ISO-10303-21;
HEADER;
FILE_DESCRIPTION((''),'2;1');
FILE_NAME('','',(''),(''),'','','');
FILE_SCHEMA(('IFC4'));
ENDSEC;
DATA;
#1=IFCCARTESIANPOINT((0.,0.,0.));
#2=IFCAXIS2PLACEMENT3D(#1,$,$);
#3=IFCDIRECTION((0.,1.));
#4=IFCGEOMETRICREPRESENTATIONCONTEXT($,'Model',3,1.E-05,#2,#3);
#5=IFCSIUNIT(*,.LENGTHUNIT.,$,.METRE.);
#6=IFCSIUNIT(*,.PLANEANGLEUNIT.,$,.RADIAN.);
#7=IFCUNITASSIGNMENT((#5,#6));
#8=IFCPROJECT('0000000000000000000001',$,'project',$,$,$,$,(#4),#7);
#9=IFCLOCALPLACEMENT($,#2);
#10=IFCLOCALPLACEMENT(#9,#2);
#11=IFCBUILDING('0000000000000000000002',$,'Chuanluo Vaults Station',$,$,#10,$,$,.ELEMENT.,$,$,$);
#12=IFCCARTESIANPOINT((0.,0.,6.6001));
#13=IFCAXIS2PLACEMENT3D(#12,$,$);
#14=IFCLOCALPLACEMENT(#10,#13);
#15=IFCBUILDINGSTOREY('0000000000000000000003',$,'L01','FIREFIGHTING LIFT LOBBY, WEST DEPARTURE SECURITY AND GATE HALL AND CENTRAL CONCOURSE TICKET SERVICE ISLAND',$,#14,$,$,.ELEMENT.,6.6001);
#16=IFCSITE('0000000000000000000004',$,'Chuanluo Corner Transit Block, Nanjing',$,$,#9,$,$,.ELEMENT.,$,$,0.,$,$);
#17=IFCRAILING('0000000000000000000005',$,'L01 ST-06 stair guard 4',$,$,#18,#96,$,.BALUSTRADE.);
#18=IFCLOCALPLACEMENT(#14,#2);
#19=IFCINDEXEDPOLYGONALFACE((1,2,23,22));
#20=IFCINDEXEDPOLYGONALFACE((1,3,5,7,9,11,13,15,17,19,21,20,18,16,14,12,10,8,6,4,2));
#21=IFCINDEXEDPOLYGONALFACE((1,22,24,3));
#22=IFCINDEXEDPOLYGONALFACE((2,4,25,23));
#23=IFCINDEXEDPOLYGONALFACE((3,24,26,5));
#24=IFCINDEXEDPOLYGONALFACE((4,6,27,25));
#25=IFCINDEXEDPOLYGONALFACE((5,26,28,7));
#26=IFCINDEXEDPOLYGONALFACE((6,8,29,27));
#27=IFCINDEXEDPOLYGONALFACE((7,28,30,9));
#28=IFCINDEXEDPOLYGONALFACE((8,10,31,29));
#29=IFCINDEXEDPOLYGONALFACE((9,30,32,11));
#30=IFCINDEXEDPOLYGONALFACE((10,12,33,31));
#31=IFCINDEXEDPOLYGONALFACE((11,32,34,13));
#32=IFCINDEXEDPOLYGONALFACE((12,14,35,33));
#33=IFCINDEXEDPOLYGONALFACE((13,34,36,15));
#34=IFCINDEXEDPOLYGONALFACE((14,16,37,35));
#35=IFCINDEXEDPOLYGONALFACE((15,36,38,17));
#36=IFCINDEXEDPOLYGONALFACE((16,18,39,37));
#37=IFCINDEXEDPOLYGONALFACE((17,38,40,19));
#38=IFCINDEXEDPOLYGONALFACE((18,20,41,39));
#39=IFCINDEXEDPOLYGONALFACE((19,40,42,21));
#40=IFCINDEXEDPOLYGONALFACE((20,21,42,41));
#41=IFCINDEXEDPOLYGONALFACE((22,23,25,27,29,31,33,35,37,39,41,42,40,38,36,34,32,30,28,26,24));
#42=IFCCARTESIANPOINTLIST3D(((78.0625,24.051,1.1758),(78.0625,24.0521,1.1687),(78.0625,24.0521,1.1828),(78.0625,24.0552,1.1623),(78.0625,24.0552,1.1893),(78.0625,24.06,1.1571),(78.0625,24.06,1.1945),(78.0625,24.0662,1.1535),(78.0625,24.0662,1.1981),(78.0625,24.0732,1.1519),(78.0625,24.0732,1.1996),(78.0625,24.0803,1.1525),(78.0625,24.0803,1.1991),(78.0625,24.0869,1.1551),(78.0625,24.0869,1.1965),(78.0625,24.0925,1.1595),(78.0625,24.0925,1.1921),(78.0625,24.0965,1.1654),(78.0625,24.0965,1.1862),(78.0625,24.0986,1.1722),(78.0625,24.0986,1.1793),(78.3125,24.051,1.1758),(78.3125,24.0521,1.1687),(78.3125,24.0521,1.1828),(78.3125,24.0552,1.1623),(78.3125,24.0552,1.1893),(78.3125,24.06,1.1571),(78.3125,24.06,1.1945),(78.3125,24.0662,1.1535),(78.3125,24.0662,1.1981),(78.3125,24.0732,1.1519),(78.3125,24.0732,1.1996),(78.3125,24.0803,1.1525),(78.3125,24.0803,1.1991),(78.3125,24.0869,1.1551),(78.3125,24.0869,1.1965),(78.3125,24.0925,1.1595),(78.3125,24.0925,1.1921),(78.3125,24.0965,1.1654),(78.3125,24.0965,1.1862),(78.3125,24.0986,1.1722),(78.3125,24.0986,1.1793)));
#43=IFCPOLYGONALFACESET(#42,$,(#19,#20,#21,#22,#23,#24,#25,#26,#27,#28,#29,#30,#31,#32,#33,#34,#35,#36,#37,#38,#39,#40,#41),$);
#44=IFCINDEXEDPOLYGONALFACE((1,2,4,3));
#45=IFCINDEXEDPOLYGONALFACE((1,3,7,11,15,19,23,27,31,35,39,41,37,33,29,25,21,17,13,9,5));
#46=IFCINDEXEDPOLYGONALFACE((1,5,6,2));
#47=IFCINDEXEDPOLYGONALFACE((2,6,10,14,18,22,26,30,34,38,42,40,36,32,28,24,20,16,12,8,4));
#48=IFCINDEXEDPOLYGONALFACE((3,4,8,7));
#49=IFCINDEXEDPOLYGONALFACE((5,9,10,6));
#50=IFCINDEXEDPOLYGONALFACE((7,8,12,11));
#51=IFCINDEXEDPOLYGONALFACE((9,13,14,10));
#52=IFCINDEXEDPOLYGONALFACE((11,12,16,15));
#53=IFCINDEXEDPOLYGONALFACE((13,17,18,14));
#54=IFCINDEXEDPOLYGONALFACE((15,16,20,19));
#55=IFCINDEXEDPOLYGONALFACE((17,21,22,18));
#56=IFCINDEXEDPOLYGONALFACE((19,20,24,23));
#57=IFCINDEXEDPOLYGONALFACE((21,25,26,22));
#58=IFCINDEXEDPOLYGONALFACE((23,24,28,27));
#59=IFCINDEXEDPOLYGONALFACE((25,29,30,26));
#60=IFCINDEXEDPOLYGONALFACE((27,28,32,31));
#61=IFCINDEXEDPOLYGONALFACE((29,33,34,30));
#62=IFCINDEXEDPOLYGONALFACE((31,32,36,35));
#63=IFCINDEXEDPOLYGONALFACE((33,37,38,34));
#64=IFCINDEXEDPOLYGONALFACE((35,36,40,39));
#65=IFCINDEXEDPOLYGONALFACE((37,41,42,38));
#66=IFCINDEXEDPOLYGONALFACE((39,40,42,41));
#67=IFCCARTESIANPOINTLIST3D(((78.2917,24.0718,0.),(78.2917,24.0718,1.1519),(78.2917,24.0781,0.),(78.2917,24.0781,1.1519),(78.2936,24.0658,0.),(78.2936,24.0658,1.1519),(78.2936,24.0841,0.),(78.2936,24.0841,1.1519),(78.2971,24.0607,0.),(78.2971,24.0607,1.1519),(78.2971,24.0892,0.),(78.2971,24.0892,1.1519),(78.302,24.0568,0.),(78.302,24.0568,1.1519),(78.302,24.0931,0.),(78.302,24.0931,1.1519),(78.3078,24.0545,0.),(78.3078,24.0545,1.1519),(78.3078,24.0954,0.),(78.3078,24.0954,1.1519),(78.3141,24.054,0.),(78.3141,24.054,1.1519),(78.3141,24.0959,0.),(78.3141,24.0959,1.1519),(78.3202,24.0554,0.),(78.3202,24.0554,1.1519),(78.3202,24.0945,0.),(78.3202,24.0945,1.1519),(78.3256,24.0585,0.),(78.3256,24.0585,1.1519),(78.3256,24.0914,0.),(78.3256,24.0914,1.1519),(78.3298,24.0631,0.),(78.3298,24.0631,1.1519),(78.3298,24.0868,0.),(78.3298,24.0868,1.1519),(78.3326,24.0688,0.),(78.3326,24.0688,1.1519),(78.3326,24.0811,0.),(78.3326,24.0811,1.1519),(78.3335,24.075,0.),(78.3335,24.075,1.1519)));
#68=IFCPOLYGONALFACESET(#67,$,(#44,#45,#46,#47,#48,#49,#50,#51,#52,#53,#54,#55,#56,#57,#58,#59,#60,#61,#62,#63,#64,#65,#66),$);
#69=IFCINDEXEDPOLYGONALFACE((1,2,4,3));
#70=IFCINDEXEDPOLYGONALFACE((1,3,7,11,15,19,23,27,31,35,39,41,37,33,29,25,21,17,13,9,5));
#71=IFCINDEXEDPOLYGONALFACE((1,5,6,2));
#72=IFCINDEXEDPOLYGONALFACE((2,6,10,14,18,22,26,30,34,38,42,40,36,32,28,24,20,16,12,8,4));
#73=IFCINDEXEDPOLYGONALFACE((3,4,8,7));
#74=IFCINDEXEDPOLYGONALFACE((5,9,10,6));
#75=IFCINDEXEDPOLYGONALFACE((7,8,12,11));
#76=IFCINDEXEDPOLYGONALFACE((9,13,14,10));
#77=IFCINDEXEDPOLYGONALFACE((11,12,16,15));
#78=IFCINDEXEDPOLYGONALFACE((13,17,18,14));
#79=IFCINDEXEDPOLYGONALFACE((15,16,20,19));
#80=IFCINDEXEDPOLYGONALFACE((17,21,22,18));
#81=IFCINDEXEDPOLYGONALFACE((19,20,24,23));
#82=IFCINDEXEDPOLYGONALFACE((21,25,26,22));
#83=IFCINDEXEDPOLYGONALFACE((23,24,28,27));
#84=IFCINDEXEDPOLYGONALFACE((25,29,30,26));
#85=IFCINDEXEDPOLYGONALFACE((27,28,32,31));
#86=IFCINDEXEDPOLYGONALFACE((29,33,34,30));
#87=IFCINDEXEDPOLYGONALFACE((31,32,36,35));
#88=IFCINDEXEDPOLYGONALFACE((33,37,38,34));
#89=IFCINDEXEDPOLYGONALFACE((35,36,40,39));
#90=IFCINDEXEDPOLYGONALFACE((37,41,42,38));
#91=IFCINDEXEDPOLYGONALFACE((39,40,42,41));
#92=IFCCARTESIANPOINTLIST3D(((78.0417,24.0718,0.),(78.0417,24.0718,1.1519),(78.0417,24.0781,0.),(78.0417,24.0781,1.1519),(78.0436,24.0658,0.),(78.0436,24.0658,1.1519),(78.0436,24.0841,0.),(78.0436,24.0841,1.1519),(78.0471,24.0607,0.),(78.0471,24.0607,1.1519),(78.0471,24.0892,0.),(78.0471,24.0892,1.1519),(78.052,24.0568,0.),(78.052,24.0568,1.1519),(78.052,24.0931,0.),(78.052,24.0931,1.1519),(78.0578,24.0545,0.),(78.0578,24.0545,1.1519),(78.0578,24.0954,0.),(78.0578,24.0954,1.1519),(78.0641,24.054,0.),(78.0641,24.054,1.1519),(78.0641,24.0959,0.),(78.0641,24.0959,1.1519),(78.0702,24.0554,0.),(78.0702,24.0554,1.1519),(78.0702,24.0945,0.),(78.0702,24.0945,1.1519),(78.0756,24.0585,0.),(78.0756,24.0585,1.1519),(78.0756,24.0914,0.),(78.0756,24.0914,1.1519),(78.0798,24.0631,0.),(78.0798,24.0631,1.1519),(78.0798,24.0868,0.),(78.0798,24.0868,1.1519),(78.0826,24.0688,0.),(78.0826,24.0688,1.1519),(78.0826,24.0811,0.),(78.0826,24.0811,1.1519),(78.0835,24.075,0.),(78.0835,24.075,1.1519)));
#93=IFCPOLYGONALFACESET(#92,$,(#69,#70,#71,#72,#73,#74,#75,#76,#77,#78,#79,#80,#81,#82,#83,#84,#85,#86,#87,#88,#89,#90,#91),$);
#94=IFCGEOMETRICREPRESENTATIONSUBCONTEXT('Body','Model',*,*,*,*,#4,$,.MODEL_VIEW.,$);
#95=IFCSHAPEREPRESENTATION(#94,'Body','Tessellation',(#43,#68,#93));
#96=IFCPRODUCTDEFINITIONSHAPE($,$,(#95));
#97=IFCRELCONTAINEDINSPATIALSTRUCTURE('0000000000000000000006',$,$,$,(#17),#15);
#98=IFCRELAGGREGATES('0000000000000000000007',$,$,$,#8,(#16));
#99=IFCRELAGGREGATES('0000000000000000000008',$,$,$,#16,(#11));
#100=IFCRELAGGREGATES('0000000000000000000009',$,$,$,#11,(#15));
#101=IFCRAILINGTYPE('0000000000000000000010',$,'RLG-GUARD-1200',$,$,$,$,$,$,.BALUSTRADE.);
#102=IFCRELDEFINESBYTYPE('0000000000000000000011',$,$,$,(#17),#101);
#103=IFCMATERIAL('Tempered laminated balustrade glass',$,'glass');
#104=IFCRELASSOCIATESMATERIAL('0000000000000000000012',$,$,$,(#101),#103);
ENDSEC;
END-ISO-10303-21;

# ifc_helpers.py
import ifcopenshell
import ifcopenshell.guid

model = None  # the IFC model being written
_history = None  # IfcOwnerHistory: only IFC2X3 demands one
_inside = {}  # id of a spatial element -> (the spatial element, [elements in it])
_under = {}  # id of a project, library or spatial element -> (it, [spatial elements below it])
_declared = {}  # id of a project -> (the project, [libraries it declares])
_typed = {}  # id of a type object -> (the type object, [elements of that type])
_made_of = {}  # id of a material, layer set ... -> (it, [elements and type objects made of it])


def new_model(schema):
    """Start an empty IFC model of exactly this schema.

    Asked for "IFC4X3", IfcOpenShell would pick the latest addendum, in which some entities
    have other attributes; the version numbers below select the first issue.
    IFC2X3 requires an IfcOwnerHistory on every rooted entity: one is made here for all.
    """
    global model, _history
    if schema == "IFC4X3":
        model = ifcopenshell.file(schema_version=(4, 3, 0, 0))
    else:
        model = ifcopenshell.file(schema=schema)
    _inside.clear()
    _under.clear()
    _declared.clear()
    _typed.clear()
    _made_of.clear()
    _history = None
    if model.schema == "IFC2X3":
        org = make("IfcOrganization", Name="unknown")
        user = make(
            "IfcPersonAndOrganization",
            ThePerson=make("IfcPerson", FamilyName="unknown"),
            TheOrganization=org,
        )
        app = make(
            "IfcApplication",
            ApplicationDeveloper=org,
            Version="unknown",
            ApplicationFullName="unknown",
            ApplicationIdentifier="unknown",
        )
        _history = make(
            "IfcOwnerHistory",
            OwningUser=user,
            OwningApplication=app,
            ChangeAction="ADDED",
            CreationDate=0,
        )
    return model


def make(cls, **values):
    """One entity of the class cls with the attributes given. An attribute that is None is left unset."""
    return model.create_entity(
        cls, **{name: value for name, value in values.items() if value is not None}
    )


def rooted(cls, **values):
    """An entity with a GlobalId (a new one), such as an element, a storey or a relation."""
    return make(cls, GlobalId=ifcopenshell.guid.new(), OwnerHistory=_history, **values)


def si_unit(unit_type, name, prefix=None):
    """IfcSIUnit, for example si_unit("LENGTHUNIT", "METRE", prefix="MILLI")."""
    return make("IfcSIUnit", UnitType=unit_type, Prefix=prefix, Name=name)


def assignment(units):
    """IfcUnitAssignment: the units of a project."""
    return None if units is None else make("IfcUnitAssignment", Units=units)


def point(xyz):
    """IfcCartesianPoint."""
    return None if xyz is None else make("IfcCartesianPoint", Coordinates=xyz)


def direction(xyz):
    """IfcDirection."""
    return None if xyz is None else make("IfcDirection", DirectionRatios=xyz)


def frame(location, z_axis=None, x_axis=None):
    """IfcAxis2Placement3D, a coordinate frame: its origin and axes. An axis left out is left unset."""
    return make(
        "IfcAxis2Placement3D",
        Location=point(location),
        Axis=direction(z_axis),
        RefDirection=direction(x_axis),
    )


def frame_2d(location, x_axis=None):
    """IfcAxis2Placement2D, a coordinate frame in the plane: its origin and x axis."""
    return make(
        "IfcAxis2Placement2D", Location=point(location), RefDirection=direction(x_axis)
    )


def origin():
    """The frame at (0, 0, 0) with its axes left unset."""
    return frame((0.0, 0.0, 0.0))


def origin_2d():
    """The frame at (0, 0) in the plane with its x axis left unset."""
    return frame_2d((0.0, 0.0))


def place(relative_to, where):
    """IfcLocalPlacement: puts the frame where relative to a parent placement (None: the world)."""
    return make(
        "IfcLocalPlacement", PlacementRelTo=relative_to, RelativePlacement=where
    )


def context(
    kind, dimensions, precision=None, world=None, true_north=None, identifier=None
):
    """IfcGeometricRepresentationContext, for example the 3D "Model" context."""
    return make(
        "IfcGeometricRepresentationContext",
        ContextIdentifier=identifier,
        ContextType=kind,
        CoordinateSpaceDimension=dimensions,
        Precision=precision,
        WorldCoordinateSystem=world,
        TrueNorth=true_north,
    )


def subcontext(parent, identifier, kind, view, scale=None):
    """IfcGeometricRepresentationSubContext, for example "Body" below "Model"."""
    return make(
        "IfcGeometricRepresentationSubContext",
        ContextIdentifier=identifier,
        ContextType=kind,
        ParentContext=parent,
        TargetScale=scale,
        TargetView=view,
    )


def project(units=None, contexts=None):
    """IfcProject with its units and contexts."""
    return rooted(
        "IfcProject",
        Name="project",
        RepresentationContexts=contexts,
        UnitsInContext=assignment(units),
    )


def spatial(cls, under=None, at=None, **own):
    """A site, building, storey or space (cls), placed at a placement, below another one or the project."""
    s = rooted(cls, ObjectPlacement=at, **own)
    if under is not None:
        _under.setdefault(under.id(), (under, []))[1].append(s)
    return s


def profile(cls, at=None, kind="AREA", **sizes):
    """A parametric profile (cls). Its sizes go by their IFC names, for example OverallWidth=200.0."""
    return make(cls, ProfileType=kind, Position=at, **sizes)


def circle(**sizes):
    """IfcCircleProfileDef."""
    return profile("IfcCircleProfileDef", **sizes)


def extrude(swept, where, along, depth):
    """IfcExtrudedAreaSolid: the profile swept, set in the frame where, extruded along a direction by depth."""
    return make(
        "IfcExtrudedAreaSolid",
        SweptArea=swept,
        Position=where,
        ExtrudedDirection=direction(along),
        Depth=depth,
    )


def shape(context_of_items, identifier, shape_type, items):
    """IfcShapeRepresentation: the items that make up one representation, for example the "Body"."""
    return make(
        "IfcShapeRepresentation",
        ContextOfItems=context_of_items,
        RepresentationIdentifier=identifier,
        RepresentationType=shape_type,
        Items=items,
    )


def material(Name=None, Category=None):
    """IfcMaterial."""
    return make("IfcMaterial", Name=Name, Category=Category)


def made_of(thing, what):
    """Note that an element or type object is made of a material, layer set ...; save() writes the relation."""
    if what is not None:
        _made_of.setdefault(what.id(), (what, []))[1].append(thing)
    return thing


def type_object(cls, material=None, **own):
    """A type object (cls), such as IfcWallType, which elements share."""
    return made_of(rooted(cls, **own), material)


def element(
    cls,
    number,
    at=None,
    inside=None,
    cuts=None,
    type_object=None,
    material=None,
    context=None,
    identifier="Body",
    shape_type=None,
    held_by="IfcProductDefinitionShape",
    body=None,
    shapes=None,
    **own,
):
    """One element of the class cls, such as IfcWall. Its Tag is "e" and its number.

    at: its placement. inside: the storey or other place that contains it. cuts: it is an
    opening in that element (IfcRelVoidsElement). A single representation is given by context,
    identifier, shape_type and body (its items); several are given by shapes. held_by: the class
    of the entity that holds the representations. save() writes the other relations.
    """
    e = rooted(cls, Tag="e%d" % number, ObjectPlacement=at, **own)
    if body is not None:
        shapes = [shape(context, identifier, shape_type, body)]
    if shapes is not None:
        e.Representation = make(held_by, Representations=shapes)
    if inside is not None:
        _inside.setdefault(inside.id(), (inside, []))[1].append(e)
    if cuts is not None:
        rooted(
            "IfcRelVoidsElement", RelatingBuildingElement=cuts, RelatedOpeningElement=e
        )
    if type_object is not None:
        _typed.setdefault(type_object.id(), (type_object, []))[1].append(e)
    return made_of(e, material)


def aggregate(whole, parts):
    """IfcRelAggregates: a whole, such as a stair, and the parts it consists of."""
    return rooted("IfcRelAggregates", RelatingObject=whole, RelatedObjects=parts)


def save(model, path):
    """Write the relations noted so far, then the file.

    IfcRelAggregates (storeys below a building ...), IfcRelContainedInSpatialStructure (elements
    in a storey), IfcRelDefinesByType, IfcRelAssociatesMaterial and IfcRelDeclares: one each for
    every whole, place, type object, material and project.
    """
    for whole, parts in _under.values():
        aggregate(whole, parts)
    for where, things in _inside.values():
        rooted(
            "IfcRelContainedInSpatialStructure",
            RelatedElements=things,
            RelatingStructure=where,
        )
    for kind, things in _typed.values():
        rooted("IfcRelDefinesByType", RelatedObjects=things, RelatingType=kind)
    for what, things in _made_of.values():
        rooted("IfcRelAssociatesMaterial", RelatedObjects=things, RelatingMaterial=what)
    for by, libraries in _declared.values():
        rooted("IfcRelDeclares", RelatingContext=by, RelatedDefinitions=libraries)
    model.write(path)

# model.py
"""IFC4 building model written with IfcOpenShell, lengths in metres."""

from ifc_helpers import new_model, si_unit, direction, frame, origin, origin_2d, place, context, subcontext, project, spatial, circle, extrude, material, type_object, element, save


model = new_model("IFC4")

# Units and contexts
model_context = context("Model", 3, precision=1e-05, world=origin(), true_north=direction((0.0, 1.0)))
body_context = subcontext(model_context, "Body", "Model", "MODEL_VIEW")
ifc_project = project(units=[si_unit("LENGTHUNIT", "METRE"), si_unit("PLANEANGLEUNIT", "RADIAN")], contexts=[model_context])

# Site, building, storey
site_placement = place(None, origin())
site = spatial("IfcSite", under=ifc_project, at=site_placement, Name="Chuanluo Corner Transit Block, Nanjing", CompositionType="ELEMENT", RefElevation=0.0)
building_placement = place(site_placement, origin())
building = spatial("IfcBuilding", under=site, at=building_placement, Name="Chuanluo Vaults Station", CompositionType="ELEMENT")
storey_placement = place(building_placement, frame((0.0, 0.0, 6.6001)))
storey = spatial("IfcBuildingStorey", under=building, at=storey_placement, Name="L01", Description="FIREFIGHTING LIFT LOBBY, WEST DEPARTURE SECURITY AND GATE HALL AND CENTRAL CONCOURSE TICKET SERVICE ISLAND", CompositionType="ELEMENT", Elevation=6.6001)

# Railing
ifc_material_1 = material(Name="Tempered laminated balustrade glass", Category="glass")
railing_type_1 = type_object("IfcRailingType", Name="RLG-GUARD-1200", PredefinedType="BALUSTRADE", material=ifc_material_1)
railing_1_placement = place(storey_placement, frame((78.3125, 24.075, 0.0)))
element("IfcRailing", 1, at=railing_1_placement, inside=storey, type_object=railing_type_1, Name="L01 ST-06 stair guard 4", PredefinedType="BALUSTRADE", context=body_context, shape_type="SweptSolid", body=[
    extrude(circle(Radius=0.0239, at=origin_2d()), frame((0.0, 0.0, 1.1758), z_axis=(-1.0, 0.0, 0.0), x_axis=(0.0, -1.0, 0.0)), (0.0, 0.0, 1.0), 0.25),
    extrude(circle(Radius=0.021, at=origin_2d()), origin(), (0.0, 0.0, 1.0), 1.1519),
    extrude(circle(Radius=0.021, at=origin_2d()), frame((-0.25, 0.0, 0.0)), (0.0, 0.0, 1.0), 1.1519),
])

save(model, "model.ifc")
